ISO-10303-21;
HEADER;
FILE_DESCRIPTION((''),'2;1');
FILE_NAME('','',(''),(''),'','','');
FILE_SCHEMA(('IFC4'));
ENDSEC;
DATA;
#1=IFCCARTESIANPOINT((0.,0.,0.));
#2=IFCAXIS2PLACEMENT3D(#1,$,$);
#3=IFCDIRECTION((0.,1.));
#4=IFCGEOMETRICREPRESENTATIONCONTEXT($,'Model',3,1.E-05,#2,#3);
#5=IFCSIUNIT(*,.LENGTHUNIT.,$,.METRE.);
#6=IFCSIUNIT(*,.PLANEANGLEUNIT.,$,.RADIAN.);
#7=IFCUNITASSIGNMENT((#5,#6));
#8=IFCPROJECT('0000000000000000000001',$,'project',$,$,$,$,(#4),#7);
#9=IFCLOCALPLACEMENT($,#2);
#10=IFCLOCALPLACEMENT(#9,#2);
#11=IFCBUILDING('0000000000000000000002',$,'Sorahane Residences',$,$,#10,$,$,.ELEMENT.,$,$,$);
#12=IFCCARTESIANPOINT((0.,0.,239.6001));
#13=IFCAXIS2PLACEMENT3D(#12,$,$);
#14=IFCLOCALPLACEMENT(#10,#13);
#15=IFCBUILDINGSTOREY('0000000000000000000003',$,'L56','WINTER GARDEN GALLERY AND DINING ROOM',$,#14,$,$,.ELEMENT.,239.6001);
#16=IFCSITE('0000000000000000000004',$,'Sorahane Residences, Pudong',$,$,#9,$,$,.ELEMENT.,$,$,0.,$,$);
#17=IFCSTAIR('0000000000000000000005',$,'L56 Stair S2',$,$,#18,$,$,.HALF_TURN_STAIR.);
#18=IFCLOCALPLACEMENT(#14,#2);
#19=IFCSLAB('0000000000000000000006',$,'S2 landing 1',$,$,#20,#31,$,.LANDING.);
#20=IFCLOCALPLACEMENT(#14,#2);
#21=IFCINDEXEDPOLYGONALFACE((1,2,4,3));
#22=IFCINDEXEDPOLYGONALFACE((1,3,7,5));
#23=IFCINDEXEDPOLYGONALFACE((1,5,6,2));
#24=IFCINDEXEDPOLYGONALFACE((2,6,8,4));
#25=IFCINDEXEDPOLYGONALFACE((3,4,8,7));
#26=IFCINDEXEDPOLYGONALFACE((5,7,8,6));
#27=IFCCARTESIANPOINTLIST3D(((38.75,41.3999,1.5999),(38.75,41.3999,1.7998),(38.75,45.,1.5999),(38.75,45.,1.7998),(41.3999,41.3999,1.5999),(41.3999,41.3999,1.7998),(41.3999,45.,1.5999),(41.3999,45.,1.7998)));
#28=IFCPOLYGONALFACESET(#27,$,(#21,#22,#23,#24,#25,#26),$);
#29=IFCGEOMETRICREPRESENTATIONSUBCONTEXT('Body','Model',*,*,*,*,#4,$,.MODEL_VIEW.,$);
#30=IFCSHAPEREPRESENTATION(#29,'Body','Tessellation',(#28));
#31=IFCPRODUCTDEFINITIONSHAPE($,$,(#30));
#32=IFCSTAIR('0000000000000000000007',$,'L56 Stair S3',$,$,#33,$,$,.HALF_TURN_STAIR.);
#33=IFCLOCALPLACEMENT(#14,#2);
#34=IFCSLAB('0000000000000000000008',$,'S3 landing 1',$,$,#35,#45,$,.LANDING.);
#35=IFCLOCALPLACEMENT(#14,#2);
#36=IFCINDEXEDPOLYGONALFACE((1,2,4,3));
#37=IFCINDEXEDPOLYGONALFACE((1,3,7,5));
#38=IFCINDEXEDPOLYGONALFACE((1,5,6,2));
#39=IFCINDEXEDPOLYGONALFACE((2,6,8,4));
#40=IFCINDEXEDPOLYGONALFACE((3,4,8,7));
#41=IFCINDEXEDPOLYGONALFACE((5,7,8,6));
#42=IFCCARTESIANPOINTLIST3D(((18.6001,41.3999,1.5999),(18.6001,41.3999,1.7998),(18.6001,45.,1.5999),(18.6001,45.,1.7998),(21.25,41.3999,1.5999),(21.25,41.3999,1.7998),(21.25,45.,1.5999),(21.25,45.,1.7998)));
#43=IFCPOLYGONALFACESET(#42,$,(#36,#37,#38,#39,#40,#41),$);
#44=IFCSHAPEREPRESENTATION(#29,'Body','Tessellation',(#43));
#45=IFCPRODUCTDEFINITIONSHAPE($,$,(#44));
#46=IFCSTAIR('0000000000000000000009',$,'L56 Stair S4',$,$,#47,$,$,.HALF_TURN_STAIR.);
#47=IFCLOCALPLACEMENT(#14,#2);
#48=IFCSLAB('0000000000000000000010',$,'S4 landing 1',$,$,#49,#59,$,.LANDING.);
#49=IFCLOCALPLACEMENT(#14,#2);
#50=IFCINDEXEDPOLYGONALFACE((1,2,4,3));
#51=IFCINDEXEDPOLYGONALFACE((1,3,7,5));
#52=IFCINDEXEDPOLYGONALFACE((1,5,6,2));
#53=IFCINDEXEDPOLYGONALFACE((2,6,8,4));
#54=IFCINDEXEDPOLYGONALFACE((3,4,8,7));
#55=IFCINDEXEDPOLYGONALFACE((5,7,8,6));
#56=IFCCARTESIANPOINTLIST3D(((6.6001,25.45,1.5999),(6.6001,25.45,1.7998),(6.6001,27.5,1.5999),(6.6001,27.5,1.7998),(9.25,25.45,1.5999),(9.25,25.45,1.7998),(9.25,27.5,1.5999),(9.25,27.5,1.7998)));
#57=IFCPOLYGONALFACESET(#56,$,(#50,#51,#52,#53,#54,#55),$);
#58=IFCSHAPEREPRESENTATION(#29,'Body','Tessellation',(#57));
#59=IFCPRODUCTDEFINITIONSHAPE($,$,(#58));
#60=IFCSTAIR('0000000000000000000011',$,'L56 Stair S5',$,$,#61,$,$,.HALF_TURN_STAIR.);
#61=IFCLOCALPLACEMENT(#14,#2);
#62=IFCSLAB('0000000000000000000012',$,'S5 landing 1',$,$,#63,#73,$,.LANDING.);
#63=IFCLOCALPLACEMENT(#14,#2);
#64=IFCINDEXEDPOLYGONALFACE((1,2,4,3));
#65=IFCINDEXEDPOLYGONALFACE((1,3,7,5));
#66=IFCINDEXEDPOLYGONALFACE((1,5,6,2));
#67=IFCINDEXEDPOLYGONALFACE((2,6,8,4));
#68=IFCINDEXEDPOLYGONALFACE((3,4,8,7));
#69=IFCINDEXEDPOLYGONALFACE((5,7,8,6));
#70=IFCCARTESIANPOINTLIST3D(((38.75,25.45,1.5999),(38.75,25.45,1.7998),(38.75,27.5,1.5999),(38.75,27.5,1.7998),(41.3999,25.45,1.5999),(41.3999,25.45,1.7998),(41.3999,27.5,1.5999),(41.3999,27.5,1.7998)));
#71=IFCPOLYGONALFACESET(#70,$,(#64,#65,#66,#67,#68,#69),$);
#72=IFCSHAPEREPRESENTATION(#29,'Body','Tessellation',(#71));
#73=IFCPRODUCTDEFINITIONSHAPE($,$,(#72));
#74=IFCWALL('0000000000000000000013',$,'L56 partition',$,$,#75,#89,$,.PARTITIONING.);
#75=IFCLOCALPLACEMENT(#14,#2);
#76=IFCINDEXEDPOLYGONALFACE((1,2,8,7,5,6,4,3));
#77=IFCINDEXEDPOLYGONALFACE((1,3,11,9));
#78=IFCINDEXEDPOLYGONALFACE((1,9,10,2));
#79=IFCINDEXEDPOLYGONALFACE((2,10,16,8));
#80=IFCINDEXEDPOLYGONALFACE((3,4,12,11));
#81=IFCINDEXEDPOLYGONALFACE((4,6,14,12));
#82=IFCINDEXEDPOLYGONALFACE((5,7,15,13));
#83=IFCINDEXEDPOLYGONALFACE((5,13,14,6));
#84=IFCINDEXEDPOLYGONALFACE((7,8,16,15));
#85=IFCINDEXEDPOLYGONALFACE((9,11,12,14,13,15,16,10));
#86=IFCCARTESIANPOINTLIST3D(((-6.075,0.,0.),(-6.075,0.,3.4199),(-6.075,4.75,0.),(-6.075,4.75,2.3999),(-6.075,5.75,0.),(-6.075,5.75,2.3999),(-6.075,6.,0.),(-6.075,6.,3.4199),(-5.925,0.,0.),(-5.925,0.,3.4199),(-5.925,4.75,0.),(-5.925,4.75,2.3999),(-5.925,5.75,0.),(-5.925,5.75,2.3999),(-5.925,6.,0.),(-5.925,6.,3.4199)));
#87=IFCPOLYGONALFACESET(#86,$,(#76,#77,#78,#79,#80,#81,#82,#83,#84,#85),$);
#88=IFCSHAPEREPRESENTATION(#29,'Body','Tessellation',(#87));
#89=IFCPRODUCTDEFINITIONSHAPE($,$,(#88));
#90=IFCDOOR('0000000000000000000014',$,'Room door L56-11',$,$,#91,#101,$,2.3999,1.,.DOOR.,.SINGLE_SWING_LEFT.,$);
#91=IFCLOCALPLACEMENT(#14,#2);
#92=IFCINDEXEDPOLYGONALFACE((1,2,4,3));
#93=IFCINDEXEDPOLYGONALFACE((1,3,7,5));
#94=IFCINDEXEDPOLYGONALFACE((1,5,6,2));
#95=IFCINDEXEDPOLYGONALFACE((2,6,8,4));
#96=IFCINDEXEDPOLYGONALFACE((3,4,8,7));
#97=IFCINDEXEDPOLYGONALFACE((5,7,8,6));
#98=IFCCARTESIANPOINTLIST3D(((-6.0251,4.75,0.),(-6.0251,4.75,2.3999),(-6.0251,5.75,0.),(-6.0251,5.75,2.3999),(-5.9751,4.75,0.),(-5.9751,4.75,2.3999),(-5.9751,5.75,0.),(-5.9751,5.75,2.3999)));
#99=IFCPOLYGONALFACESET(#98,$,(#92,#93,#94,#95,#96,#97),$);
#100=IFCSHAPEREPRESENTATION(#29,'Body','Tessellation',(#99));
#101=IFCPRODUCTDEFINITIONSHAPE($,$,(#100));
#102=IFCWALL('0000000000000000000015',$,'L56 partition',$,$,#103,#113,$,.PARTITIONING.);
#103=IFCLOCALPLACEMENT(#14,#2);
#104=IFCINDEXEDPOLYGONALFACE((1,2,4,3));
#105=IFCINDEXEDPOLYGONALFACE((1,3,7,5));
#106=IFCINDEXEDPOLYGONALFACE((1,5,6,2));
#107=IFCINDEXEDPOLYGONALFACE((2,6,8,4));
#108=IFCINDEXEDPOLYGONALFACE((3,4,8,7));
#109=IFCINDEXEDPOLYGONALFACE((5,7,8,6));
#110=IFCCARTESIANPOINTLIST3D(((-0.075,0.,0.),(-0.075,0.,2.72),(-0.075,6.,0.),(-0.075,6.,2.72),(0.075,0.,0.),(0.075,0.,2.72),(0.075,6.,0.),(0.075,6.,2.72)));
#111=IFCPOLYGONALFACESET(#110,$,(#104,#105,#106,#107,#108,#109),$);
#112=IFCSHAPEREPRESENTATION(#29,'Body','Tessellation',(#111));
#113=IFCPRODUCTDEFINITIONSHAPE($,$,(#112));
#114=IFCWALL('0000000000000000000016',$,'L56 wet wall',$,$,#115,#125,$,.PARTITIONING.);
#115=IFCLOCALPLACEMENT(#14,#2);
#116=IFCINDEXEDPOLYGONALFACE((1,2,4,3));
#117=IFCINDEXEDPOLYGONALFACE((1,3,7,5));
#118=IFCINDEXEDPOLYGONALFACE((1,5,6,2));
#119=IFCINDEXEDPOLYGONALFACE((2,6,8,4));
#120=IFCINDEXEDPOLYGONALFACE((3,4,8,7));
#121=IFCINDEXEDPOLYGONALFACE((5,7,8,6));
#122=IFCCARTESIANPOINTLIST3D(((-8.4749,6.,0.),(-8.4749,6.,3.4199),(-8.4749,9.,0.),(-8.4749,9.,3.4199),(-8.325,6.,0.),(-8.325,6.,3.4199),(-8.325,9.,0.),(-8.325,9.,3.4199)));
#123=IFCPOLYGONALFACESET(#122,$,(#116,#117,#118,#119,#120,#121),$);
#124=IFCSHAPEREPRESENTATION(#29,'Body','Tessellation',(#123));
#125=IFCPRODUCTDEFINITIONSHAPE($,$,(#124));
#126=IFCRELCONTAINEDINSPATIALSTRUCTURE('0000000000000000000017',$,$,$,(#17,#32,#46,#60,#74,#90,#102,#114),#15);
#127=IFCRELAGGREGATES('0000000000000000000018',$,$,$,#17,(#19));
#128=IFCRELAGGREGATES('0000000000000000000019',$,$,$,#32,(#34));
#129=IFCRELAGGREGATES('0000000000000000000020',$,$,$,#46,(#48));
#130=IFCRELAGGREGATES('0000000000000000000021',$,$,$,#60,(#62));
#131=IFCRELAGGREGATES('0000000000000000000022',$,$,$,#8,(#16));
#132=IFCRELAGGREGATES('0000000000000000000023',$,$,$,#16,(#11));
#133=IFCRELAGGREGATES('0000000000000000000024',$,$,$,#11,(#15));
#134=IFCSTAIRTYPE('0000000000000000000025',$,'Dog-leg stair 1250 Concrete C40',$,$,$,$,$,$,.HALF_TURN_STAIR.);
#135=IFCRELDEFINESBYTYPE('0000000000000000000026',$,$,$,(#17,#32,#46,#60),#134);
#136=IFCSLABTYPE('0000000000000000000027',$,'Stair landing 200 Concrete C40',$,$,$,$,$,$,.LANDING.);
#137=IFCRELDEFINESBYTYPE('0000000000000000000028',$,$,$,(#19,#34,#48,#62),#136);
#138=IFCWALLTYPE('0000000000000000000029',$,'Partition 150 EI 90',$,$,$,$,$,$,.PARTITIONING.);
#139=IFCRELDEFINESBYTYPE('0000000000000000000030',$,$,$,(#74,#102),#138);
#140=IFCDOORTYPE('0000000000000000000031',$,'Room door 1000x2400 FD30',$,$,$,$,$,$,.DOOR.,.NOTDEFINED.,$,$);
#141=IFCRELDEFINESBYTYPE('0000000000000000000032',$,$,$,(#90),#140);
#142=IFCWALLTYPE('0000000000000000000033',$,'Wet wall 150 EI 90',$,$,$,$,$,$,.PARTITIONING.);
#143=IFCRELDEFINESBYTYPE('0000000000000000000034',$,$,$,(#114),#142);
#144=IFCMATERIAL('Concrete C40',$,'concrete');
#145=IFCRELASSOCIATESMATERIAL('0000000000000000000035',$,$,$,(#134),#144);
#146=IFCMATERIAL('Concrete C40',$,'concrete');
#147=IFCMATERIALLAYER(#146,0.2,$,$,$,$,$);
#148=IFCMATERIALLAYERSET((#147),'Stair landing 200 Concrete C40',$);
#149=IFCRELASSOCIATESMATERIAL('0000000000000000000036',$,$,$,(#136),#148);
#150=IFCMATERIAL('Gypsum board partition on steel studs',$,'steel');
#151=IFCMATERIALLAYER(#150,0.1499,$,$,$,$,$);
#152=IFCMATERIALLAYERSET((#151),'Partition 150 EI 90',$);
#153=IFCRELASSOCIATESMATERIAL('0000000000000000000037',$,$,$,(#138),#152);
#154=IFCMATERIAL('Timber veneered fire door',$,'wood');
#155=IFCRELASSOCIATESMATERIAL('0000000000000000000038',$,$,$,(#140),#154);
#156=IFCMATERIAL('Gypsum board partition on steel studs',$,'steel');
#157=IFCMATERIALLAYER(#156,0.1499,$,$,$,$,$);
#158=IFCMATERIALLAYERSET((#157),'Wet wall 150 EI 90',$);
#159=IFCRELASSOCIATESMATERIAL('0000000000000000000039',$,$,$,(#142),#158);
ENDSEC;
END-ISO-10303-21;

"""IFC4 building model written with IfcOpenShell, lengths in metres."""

from ifc_helpers import new_model, si_unit, direction, frame, frame_2d, origin, place, context, subcontext, project, spatial, polyline, rectangle, outline, extrude, material, layer, layer_set, type_object, element, fill, aggregate, save


model = new_model("IFC4")

# Units and contexts
model_context = context("Model", 3, precision=1e-05, world=origin(), true_north=direction((0.0, 1.0)))
body_context = subcontext(model_context, "Body", "Model", "MODEL_VIEW")
ifc_project = project(units=[si_unit("LENGTHUNIT", "METRE"), si_unit("PLANEANGLEUNIT", "RADIAN")], contexts=[model_context])

# Site, building, storey
site_placement = place(None, origin())
site = spatial("IfcSite", under=ifc_project, at=site_placement, Name="Sorahane Residences, Pudong", CompositionType="ELEMENT", RefElevation=0.0)
building_placement = place(site_placement, origin())
building = spatial("IfcBuilding", under=site, at=building_placement, Name="Sorahane Residences", CompositionType="ELEMENT")
storey_placement = place(building_placement, frame((0.0, 0.0, 239.6001)))
storey = spatial("IfcBuildingStorey", under=building, at=storey_placement, Name="L56", Description="WINTER GARDEN GALLERY AND DINING ROOM", CompositionType="ELEMENT", Elevation=239.6001)

# Stairs, slabs
ifc_material_1 = material(Name="Concrete C40", Category="concrete")
stair_type = type_object("IfcStairType", Name="Dog-leg stair 1250 Concrete C40", PredefinedType="HALF_TURN_STAIR", material=ifc_material_1)
ifc_material_2 = material(Name="Concrete C40", Category="concrete")
ifc_layer_1 = layer(ifc_material_2, 0.2)
ifc_layer_set_1 = layer_set([ifc_layer_1], Name="Stair landing 200 Concrete C40")
slab_type_1 = type_object("IfcSlabType", Name="Stair landing 200 Concrete C40", PredefinedType="LANDING", material=ifc_layer_set_1)
stair_1_placement = place(storey_placement, origin())
stair_1 = element("IfcStair", 1, at=stair_1_placement, inside=storey, type_object=stair_type, Name="L56 Stair S2", PredefinedType="HALF_TURN_STAIR")
slab_1_placement = place(storey_placement, frame((0.0, 0.0, 1.5999)))
slab_1 = element("IfcSlab", 2, at=slab_1_placement, type_object=slab_type_1, Name="S2 landing 1", PredefinedType="LANDING", context=body_context, shape_type="SweptSolid", body=[
    extrude(outline(polyline([(41.3999, 41.3999), (41.3999, 45.0), (38.75, 45.0), (38.75, 41.3999), (41.3999, 41.3999)])), origin(), (0.0, 0.0, 1.0), 0.2),
])
aggregate(stair_1, [slab_1])
stair_2_placement = place(storey_placement, origin())
stair_2 = element("IfcStair", 3, at=stair_2_placement, inside=storey, type_object=stair_type, Name="L56 Stair S3", PredefinedType="HALF_TURN_STAIR")
slab_2_placement = place(storey_placement, frame((0.0, 0.0, 1.5999)))
slab_2 = element("IfcSlab", 4, at=slab_2_placement, type_object=slab_type_1, Name="S3 landing 1", PredefinedType="LANDING", context=body_context, shape_type="SweptSolid", body=[
    extrude(outline(polyline([(21.25, 41.3999), (21.25, 45.0), (18.6001, 45.0), (18.6001, 41.3999), (21.25, 41.3999)])), origin(), (0.0, 0.0, 1.0), 0.2),
])
aggregate(stair_2, [slab_2])
stair_3_placement = place(storey_placement, origin())
stair_3 = element("IfcStair", 5, at=stair_3_placement, inside=storey, type_object=stair_type, Name="L56 Stair S4", PredefinedType="HALF_TURN_STAIR")
slab_3_placement = place(storey_placement, frame((0.0, 0.0, 1.5999)))
slab_3 = element("IfcSlab", 6, at=slab_3_placement, type_object=slab_type_1, Name="S4 landing 1", PredefinedType="LANDING", context=body_context, shape_type="SweptSolid", body=[
    extrude(outline(polyline([(9.25, 25.45), (9.25, 27.5), (6.6001, 27.5), (6.6001, 25.45), (9.25, 25.45)])), origin(), (0.0, 0.0, 1.0), 0.2),
])
aggregate(stair_3, [slab_3])
stair_4_placement = place(storey_placement, origin())
stair_4 = element("IfcStair", 7, at=stair_4_placement, inside=storey, type_object=stair_type, Name="L56 Stair S5", PredefinedType="HALF_TURN_STAIR")
slab_4_placement = place(storey_placement, frame((0.0, 0.0, 1.5999)))
slab_4 = element("IfcSlab", 8, at=slab_4_placement, type_object=slab_type_1, Name="S5 landing 1", PredefinedType="LANDING", context=body_context, shape_type="SweptSolid", body=[
    extrude(outline(polyline([(41.3999, 25.45), (41.3999, 27.5), (38.75, 27.5), (38.75, 25.45), (41.3999, 25.45)])), origin(), (0.0, 0.0, 1.0), 0.2),
])
aggregate(stair_4, [slab_4])

# Wall, opening, door
ifc_material_3 = material(Name="Gypsum board partition on steel studs", Category="steel")
ifc_layer_2 = layer(ifc_material_3, 0.1499)
ifc_layer_set_2 = layer_set([ifc_layer_2], Name="Partition 150 EI 90")
wall_type_1 = type_object("IfcWallType", Name="Partition 150 EI 90", PredefinedType="PARTITIONING", material=ifc_layer_set_2)
wall_1_placement = place(storey_placement, frame((-6.0, 0.0, 0.0), z_axis=(0.0, 0.0, 1.0), x_axis=(0.0, 1.0, 0.0)))
wall_1 = element("IfcWall", 9, at=wall_1_placement, inside=storey, type_object=wall_type_1, Name="L56 partition", PredefinedType="PARTITIONING", context=body_context, shape_type="SweptSolid", body=[
    extrude(rectangle(XDim=6.0, YDim=0.1499, at=frame_2d((3.0, 0.0))), origin(), (0.0, 0.0, 1.0), 3.4199),
])
opening_1_placement = place(wall_1_placement, frame((4.75, 0.0, 0.0)))
opening_1 = element("IfcOpeningElement", 10, at=opening_1_placement, cuts=wall_1, PredefinedType="OPENING", context=body_context, shape_type="SweptSolid", body=[
    extrude(rectangle(XDim=1.0, YDim=2.3999, at=frame_2d((0.5, 1.2))), frame((0.0, 0.085, 0.0), z_axis=(0.0, -1.0, 0.0), x_axis=(1.0, 0.0, 0.0)), (0.0, 0.0, 1.0), 0.1699),
])
ifc_material_4 = material(Name="Timber veneered fire door", Category="wood")
door_type = type_object("IfcDoorType", Name="Room door 1000x2400 FD30", OperationType="NOTDEFINED", PredefinedType="DOOR", material=ifc_material_4)
door_1_placement = place(opening_1_placement, frame((1.0, 0.0, 0.0), z_axis=(0.0, 0.0, 1.0), x_axis=(-1.0, 0.0, 0.0)))
door_1 = element("IfcDoor", 11, at=door_1_placement, inside=storey, type_object=door_type, Name="Room door L56-11", OperationType="SINGLE_SWING_LEFT", OverallHeight=2.3999, OverallWidth=1.0, PredefinedType="DOOR", context=body_context, shape_type="SweptSolid", body=[
    extrude(rectangle(XDim=1.0, YDim=2.3999, at=frame_2d((0.5, 1.2))), frame((0.0, 0.0249, 0.0), z_axis=(0.0, -1.0, 0.0), x_axis=(1.0, 0.0, 0.0)), (0.0, 0.0, 1.0), 0.05),
])
fill(opening_1, door_1)

# Wall
wall_2_placement = place(storey_placement, frame((0.0, 0.0, 0.0), z_axis=(0.0, 0.0, 1.0), x_axis=(0.0, 1.0, 0.0)))
element("IfcWall", 12, at=wall_2_placement, inside=storey, type_object=wall_type_1, Name="L56 partition", PredefinedType="PARTITIONING", context=body_context, shape_type="SweptSolid", body=[
    extrude(rectangle(XDim=6.0, YDim=0.1499, at=frame_2d((3.0, 0.0))), origin(), (0.0, 0.0, 1.0), 2.72),
])

# Wall
ifc_material_5 = material(Name="Gypsum board partition on steel studs", Category="steel")
ifc_layer_3 = layer(ifc_material_5, 0.1499)
ifc_layer_set_3 = layer_set([ifc_layer_3], Name="Wet wall 150 EI 90")
wall_type_2 = type_object("IfcWallType", Name="Wet wall 150 EI 90", PredefinedType="PARTITIONING", material=ifc_layer_set_3)
wall_3_placement = place(storey_placement, frame((-8.3999, 6.0, 0.0), z_axis=(0.0, 0.0, 1.0), x_axis=(0.0, 1.0, 0.0)))
element("IfcWall", 13, at=wall_3_placement, inside=storey, type_object=wall_type_2, Name="L56 wet wall", PredefinedType="PARTITIONING", context=body_context, shape_type="SweptSolid", body=[
    extrude(rectangle(XDim=3.0, YDim=0.1499, at=frame_2d((1.5, 0.0))), origin(), (0.0, 0.0, 1.0), 3.4199),
])

save(model, "model.ifc")
